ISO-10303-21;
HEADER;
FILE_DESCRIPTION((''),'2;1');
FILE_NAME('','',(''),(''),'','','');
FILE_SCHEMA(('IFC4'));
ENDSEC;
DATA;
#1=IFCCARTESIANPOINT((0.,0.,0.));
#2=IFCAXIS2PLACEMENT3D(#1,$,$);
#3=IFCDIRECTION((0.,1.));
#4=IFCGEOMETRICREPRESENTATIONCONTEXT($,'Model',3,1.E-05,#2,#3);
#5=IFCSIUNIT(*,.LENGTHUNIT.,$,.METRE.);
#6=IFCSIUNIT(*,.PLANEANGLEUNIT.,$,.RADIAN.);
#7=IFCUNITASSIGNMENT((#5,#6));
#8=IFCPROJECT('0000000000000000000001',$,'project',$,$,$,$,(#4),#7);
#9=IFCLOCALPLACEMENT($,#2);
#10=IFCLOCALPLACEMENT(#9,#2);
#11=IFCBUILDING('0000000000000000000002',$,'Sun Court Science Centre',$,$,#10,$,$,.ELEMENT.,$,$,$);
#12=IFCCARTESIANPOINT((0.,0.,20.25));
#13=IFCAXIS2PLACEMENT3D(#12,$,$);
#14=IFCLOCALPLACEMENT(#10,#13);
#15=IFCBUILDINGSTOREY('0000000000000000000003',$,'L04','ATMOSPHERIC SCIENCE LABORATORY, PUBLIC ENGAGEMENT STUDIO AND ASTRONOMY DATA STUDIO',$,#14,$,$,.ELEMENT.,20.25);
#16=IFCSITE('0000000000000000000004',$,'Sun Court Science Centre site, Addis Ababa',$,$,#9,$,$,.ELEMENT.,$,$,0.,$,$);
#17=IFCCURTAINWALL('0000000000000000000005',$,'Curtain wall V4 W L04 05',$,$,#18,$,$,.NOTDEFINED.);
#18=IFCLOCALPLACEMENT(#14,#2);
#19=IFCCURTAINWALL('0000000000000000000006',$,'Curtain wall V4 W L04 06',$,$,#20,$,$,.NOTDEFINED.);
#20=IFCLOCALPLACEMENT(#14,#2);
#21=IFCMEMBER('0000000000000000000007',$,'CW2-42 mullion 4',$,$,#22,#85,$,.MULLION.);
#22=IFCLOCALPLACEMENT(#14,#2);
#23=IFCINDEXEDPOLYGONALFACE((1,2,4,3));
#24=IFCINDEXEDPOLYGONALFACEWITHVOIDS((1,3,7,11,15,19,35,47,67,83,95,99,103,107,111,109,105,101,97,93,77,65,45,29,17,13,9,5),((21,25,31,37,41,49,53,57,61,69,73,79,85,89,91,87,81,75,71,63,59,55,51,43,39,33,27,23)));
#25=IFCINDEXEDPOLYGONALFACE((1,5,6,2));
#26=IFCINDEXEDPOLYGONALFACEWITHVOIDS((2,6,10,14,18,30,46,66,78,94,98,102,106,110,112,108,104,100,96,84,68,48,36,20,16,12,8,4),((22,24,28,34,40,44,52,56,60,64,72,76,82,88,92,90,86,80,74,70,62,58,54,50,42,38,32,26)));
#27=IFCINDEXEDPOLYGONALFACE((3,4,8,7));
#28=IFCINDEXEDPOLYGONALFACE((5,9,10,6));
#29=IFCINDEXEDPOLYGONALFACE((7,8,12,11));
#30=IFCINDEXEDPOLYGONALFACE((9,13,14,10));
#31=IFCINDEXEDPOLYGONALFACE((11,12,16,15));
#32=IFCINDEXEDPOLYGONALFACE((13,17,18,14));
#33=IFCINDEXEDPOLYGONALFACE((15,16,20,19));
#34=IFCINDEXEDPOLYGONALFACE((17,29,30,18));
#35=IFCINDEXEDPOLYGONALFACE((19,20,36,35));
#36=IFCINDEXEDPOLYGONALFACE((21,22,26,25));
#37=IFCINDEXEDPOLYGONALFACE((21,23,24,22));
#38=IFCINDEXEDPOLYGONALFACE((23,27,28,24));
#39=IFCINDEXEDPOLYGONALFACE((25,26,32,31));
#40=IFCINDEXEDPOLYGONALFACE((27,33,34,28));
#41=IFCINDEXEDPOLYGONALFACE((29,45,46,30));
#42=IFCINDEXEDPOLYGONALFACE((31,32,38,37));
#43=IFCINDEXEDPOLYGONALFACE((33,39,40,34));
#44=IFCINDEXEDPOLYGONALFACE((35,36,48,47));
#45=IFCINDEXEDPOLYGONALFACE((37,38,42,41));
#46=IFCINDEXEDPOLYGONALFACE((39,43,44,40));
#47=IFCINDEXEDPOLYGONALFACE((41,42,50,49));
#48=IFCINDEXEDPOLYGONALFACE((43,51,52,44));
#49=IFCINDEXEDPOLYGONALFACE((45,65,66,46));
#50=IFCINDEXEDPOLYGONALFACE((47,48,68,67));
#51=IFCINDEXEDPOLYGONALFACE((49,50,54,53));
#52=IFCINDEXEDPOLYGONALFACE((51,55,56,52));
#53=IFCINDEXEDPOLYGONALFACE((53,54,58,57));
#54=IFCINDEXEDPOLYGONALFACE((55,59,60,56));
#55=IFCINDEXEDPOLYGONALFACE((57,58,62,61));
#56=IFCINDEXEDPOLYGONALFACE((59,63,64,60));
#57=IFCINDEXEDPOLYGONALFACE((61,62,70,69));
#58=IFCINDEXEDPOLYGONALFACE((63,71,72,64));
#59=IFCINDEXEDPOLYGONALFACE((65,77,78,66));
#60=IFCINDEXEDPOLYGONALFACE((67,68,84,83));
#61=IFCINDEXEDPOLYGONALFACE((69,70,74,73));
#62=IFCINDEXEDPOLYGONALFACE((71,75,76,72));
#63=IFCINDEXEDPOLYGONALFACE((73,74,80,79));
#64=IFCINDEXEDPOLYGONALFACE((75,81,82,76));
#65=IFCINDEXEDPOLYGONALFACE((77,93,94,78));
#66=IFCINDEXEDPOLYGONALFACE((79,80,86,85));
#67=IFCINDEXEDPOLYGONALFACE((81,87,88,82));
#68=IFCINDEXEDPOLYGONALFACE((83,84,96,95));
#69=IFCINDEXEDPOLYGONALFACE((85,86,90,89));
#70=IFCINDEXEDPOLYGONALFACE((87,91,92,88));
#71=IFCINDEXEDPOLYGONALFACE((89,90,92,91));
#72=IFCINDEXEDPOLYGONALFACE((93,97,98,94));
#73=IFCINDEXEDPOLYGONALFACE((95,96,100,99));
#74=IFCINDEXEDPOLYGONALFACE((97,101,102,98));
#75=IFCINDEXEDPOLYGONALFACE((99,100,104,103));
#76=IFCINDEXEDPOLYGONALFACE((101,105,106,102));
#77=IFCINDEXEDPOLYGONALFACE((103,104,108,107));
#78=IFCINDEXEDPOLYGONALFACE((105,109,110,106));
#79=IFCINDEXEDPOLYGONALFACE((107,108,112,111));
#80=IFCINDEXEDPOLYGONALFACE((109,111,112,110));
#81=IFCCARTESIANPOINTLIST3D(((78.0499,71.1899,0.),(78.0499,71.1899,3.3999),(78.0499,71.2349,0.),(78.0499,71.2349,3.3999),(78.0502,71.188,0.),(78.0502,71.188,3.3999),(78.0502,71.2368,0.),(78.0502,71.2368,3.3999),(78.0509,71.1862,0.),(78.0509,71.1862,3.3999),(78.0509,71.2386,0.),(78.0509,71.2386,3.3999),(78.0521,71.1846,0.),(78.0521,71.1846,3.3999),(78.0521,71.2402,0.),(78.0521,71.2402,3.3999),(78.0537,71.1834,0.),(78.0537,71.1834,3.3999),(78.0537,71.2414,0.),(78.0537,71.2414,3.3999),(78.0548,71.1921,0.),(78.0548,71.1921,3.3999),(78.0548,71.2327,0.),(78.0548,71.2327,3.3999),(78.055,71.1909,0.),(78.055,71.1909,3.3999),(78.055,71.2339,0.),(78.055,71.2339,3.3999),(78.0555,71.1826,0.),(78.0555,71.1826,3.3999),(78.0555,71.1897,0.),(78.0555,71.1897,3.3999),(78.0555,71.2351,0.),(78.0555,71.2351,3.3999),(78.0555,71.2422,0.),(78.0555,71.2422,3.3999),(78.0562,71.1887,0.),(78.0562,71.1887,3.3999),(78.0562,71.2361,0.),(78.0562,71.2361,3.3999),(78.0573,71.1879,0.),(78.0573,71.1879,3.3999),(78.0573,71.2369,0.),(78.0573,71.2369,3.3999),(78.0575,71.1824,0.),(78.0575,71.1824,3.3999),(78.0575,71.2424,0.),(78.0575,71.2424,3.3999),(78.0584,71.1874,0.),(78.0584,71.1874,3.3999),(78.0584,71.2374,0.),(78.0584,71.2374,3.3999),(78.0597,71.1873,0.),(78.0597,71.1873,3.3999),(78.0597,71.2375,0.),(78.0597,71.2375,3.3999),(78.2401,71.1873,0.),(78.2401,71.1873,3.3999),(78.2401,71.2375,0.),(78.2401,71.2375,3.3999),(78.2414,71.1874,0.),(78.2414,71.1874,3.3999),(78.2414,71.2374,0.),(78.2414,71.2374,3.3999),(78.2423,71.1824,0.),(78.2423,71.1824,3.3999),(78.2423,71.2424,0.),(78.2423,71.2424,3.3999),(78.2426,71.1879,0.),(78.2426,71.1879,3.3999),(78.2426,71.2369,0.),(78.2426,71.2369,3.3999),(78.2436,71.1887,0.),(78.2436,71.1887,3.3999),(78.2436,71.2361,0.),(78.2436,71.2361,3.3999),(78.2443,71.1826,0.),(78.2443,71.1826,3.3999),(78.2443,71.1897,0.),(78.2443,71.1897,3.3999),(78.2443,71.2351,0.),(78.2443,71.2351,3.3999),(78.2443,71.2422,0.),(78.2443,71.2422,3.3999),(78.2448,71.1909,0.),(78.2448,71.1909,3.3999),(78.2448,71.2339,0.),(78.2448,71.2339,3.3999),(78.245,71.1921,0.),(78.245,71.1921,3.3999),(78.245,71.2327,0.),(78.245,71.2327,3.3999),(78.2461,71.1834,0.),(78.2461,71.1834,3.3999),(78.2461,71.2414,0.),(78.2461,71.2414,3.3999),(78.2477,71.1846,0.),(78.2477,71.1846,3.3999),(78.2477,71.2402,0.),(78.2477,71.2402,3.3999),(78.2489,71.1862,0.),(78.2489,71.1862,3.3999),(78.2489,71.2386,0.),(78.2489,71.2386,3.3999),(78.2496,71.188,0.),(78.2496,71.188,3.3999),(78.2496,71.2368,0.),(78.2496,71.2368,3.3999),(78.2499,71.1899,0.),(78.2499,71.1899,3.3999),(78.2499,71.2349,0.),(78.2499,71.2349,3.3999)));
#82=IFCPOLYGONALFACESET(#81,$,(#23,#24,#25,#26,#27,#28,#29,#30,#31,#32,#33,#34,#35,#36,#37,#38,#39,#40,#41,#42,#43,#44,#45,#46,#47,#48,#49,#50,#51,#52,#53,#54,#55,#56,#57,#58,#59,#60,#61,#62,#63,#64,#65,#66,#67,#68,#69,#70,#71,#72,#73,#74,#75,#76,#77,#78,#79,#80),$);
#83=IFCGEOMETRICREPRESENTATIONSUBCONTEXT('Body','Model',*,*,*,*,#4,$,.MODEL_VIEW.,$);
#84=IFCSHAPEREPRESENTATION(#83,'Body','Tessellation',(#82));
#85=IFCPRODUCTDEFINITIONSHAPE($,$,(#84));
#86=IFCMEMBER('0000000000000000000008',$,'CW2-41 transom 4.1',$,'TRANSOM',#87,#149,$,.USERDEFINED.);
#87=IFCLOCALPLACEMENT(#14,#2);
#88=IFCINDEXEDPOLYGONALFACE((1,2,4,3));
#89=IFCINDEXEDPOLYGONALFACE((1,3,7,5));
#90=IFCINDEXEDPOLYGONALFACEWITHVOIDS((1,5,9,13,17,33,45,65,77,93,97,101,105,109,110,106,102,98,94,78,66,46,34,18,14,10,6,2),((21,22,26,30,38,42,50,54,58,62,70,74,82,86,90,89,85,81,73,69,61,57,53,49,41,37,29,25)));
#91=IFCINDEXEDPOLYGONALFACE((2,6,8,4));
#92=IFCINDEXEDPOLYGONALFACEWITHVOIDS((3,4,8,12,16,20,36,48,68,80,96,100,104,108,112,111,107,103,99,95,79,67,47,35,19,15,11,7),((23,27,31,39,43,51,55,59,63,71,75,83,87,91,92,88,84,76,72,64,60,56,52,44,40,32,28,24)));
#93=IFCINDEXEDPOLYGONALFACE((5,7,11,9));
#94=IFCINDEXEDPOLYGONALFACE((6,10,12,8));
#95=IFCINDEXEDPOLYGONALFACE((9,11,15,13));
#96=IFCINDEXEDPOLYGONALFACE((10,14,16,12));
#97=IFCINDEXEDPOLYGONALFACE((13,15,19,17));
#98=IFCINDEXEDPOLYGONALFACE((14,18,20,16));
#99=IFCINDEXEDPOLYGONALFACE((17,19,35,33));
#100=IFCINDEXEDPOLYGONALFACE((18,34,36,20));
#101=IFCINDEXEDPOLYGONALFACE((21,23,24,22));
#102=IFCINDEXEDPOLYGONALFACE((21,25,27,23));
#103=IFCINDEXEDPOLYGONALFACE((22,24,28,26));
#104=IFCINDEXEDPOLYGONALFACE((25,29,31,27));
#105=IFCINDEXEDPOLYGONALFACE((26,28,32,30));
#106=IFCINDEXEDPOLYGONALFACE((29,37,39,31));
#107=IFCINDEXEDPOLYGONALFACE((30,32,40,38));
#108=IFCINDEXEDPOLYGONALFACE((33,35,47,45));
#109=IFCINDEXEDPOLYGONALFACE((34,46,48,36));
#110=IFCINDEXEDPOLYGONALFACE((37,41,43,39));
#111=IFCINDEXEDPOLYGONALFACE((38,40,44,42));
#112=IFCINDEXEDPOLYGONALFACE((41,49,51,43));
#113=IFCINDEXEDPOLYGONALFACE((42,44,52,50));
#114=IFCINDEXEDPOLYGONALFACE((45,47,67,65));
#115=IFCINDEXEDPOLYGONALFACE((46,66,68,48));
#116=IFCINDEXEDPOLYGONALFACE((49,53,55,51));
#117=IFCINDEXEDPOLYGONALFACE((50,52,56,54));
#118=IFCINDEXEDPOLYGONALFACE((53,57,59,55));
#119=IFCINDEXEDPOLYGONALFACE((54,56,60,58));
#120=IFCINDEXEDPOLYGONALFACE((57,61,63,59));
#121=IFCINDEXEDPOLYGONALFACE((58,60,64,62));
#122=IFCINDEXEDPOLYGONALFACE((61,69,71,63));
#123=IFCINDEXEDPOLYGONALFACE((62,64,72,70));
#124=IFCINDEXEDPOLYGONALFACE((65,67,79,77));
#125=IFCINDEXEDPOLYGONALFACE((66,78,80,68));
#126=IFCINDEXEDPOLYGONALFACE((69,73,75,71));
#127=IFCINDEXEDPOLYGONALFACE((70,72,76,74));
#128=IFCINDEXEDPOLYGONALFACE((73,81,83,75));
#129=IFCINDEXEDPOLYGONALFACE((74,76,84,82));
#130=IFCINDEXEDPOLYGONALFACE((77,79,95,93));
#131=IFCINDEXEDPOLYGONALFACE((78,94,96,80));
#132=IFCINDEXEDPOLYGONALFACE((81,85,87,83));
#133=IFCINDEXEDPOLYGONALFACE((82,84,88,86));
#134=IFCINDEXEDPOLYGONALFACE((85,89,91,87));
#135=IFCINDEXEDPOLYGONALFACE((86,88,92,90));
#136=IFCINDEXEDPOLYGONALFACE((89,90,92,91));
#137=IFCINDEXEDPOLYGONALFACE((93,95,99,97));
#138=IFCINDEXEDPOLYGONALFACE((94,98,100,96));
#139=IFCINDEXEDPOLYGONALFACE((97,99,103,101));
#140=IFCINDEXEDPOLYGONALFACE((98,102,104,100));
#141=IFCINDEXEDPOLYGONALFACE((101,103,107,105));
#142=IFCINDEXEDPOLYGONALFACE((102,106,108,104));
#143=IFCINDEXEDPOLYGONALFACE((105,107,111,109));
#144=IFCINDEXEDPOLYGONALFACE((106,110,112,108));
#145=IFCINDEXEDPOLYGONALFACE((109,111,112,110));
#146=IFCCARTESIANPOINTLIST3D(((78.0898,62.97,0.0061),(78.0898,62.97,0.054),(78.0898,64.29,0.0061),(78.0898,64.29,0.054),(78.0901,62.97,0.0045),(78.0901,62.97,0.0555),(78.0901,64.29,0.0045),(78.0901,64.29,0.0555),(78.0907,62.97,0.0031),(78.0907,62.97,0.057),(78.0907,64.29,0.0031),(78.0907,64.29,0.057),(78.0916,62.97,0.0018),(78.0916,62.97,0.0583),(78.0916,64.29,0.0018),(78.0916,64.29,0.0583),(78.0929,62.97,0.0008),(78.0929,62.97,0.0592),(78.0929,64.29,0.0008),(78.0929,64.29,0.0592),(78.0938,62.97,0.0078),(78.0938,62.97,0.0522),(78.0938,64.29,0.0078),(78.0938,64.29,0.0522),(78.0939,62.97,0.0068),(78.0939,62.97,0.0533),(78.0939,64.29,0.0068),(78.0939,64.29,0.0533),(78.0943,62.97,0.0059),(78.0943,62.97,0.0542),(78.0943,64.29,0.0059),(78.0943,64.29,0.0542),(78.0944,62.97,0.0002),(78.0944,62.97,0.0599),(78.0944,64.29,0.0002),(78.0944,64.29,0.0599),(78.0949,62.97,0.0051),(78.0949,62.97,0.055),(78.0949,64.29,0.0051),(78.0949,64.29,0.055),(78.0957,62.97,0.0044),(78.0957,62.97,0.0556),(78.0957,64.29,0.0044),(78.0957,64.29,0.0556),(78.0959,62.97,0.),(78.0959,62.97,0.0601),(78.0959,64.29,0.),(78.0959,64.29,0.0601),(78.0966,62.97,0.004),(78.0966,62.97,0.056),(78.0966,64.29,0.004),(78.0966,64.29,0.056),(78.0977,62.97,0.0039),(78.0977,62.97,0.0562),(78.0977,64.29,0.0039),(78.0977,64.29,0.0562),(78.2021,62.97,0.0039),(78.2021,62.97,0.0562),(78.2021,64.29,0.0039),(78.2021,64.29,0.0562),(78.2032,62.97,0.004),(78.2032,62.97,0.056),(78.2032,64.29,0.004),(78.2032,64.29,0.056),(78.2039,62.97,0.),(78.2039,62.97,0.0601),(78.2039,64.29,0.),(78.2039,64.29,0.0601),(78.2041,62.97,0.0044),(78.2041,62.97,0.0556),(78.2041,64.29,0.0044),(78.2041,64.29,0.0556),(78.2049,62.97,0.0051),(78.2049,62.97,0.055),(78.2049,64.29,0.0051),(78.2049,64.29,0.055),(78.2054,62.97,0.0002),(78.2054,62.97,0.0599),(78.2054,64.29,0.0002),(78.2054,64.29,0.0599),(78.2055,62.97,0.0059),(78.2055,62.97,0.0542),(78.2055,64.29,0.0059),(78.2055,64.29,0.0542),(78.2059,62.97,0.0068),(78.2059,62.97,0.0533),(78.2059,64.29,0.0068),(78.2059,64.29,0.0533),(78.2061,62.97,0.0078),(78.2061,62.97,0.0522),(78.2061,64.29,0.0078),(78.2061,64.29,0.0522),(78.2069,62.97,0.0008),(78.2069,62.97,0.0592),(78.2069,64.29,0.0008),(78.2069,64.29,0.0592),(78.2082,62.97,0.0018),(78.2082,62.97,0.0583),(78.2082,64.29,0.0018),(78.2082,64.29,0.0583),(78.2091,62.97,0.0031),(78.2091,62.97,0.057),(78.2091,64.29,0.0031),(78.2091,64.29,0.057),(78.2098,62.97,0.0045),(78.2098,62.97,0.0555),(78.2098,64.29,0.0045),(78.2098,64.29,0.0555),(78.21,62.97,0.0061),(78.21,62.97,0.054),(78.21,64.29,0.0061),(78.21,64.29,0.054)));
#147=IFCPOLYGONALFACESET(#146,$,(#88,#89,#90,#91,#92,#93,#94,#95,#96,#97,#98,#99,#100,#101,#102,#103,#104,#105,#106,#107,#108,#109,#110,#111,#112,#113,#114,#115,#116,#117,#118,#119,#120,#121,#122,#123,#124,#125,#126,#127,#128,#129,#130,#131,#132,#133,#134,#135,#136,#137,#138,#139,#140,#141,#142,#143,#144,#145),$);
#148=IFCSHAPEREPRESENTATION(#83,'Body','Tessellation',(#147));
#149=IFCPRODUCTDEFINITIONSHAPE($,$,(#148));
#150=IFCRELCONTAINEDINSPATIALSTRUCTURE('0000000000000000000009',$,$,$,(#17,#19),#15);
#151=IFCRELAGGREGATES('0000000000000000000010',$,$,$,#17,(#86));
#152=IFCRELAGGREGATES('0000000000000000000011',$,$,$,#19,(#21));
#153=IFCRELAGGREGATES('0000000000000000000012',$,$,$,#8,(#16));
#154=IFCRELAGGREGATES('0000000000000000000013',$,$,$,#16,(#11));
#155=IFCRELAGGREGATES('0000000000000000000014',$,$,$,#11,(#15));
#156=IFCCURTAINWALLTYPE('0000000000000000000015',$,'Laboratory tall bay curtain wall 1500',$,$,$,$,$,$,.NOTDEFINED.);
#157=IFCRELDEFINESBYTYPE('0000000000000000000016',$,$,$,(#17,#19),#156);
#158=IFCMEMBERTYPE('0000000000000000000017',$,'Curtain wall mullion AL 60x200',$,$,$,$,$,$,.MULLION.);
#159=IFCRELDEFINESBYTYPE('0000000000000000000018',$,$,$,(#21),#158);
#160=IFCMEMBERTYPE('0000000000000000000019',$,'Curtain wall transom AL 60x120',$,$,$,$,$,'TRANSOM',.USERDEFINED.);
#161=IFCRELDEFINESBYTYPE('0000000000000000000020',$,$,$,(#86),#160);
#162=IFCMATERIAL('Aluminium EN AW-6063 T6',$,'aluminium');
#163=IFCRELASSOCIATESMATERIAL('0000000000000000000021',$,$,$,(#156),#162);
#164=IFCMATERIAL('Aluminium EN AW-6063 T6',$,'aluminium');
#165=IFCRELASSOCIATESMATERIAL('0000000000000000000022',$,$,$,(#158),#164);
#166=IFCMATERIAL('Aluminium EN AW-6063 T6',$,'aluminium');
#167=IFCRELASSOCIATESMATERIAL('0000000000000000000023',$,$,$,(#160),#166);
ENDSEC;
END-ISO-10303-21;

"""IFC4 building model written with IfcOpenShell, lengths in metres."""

from ifc_helpers import new_model, si_unit, direction, frame, origin, origin_2d, place, context, subcontext, project, spatial, hollow_rectangle, extrude, material, material_profile, profile_set, type_object, element, aggregate, save


model = new_model("IFC4")

# Units and contexts
model_context = context("Model", 3, precision=1e-05, world=origin(), true_north=direction((0.0, 1.0)))
body_context = subcontext(model_context, "Body", "Model", "MODEL_VIEW")
ifc_project = project(units=[si_unit("LENGTHUNIT", "METRE"), si_unit("PLANEANGLEUNIT", "RADIAN")], contexts=[model_context])

# Site, building, storey
site_placement = place(None, origin())
site = spatial("IfcSite", under=ifc_project, at=site_placement, Name="Sun Court Science Centre site, Addis Ababa", CompositionType="ELEMENT", RefElevation=0.0)
building_placement = place(site_placement, origin())
building = spatial("IfcBuilding", under=site, at=building_placement, Name="Sun Court Science Centre", CompositionType="ELEMENT")
storey_placement = place(building_placement, frame((0.0, 0.0, 20.25)))
storey = spatial("IfcBuildingStorey", under=building, at=storey_placement, Name="L04", Description="ATMOSPHERIC SCIENCE LABORATORY, PUBLIC ENGAGEMENT STUDIO AND ASTRONOMY DATA STUDIO", CompositionType="ELEMENT", Elevation=20.25)

# Curtain walls, member
ifc_material_1 = material(Name="Aluminium EN AW-6063 T6", Category="aluminium")
curtain_wall_type = type_object("IfcCurtainWallType", Name="Laboratory tall bay curtain wall 1500", PredefinedType="NOTDEFINED", material=ifc_material_1)
curtain_wall_1_placement = place(storey_placement, origin())
curtain_wall_1 = element("IfcCurtainWall", 1, at=curtain_wall_1_placement, inside=storey, type_object=curtain_wall_type, Name="Curtain wall V4 W L04 05", PredefinedType="NOTDEFINED")
ifc_material_2 = material(Name="Aluminium EN AW-6063 T6", Category="aluminium")
ifc_material_profile_1 = material_profile(ifc_material_2, hollow_rectangle(XDim=0.0601, YDim=0.2, WallThickness=0.0049, InnerFilletRadius=0.0049, OuterFilletRadius=0.0076, at=origin_2d()), Name="AL 60x200x5")
ifc_profile_set_1 = profile_set([ifc_material_profile_1], Name="Aluminium EN AW-6063 T6")
member_type_1 = type_object("IfcMemberType", Name="Curtain wall mullion AL 60x200", PredefinedType="MULLION", material=ifc_profile_set_1)
curtain_wall_2_placement = place(storey_placement, origin())
curtain_wall_2 = element("IfcCurtainWall", 2, at=curtain_wall_2_placement, inside=storey, type_object=curtain_wall_type, Name="Curtain wall V4 W L04 06", PredefinedType="NOTDEFINED")
member_1_placement = place(storey_placement, frame((78.1499, 71.2124, 0.0), z_axis=(0.0, 0.0, 1.0), x_axis=(0.0, 1.0, 0.0)))
member_1 = element("IfcMember", 3, at=member_1_placement, type_object=member_type_1, Name="CW2-42 mullion 4", PredefinedType="MULLION", context=body_context, shape_type="SweptSolid", body=[
    extrude(hollow_rectangle(XDim=0.0601, YDim=0.2, WallThickness=0.0049, InnerFilletRadius=0.0049, OuterFilletRadius=0.0076, at=origin_2d()), origin(), (0.0, 0.0, 1.0), 3.3999),
])

# Member
ifc_material_3 = material(Name="Aluminium EN AW-6063 T6", Category="aluminium")
ifc_material_profile_2 = material_profile(ifc_material_3, hollow_rectangle(XDim=0.0601, YDim=0.1201, WallThickness=0.0039, InnerFilletRadius=0.0039, OuterFilletRadius=0.0061, at=origin_2d()), Name="AL 60x120x4")
ifc_profile_set_2 = profile_set([ifc_material_profile_2], Name="Aluminium EN AW-6063 T6")
member_type_2 = type_object("IfcMemberType", Name="Curtain wall transom AL 60x120", ElementType="TRANSOM", PredefinedType="USERDEFINED", material=ifc_profile_set_2)
member_2_placement = place(storey_placement, frame((78.1499, 62.97, 0.03), z_axis=(0.0, 1.0, 0.0), x_axis=(0.0, 0.0, 1.0)))
member_2 = element("IfcMember", 4, at=member_2_placement, type_object=member_type_2, Name="CW2-41 transom 4.1", ObjectType="TRANSOM", PredefinedType="USERDEFINED", context=body_context, shape_type="SweptSolid", body=[
    extrude(hollow_rectangle(XDim=0.0601, YDim=0.1201, WallThickness=0.0039, InnerFilletRadius=0.0039, OuterFilletRadius=0.0061, at=origin_2d()), origin(), (0.0, 0.0, 1.0), 1.3201),
])

aggregate(curtain_wall_1, [member_2])
aggregate(curtain_wall_2, [member_1])

save(model, "model.ifc")
